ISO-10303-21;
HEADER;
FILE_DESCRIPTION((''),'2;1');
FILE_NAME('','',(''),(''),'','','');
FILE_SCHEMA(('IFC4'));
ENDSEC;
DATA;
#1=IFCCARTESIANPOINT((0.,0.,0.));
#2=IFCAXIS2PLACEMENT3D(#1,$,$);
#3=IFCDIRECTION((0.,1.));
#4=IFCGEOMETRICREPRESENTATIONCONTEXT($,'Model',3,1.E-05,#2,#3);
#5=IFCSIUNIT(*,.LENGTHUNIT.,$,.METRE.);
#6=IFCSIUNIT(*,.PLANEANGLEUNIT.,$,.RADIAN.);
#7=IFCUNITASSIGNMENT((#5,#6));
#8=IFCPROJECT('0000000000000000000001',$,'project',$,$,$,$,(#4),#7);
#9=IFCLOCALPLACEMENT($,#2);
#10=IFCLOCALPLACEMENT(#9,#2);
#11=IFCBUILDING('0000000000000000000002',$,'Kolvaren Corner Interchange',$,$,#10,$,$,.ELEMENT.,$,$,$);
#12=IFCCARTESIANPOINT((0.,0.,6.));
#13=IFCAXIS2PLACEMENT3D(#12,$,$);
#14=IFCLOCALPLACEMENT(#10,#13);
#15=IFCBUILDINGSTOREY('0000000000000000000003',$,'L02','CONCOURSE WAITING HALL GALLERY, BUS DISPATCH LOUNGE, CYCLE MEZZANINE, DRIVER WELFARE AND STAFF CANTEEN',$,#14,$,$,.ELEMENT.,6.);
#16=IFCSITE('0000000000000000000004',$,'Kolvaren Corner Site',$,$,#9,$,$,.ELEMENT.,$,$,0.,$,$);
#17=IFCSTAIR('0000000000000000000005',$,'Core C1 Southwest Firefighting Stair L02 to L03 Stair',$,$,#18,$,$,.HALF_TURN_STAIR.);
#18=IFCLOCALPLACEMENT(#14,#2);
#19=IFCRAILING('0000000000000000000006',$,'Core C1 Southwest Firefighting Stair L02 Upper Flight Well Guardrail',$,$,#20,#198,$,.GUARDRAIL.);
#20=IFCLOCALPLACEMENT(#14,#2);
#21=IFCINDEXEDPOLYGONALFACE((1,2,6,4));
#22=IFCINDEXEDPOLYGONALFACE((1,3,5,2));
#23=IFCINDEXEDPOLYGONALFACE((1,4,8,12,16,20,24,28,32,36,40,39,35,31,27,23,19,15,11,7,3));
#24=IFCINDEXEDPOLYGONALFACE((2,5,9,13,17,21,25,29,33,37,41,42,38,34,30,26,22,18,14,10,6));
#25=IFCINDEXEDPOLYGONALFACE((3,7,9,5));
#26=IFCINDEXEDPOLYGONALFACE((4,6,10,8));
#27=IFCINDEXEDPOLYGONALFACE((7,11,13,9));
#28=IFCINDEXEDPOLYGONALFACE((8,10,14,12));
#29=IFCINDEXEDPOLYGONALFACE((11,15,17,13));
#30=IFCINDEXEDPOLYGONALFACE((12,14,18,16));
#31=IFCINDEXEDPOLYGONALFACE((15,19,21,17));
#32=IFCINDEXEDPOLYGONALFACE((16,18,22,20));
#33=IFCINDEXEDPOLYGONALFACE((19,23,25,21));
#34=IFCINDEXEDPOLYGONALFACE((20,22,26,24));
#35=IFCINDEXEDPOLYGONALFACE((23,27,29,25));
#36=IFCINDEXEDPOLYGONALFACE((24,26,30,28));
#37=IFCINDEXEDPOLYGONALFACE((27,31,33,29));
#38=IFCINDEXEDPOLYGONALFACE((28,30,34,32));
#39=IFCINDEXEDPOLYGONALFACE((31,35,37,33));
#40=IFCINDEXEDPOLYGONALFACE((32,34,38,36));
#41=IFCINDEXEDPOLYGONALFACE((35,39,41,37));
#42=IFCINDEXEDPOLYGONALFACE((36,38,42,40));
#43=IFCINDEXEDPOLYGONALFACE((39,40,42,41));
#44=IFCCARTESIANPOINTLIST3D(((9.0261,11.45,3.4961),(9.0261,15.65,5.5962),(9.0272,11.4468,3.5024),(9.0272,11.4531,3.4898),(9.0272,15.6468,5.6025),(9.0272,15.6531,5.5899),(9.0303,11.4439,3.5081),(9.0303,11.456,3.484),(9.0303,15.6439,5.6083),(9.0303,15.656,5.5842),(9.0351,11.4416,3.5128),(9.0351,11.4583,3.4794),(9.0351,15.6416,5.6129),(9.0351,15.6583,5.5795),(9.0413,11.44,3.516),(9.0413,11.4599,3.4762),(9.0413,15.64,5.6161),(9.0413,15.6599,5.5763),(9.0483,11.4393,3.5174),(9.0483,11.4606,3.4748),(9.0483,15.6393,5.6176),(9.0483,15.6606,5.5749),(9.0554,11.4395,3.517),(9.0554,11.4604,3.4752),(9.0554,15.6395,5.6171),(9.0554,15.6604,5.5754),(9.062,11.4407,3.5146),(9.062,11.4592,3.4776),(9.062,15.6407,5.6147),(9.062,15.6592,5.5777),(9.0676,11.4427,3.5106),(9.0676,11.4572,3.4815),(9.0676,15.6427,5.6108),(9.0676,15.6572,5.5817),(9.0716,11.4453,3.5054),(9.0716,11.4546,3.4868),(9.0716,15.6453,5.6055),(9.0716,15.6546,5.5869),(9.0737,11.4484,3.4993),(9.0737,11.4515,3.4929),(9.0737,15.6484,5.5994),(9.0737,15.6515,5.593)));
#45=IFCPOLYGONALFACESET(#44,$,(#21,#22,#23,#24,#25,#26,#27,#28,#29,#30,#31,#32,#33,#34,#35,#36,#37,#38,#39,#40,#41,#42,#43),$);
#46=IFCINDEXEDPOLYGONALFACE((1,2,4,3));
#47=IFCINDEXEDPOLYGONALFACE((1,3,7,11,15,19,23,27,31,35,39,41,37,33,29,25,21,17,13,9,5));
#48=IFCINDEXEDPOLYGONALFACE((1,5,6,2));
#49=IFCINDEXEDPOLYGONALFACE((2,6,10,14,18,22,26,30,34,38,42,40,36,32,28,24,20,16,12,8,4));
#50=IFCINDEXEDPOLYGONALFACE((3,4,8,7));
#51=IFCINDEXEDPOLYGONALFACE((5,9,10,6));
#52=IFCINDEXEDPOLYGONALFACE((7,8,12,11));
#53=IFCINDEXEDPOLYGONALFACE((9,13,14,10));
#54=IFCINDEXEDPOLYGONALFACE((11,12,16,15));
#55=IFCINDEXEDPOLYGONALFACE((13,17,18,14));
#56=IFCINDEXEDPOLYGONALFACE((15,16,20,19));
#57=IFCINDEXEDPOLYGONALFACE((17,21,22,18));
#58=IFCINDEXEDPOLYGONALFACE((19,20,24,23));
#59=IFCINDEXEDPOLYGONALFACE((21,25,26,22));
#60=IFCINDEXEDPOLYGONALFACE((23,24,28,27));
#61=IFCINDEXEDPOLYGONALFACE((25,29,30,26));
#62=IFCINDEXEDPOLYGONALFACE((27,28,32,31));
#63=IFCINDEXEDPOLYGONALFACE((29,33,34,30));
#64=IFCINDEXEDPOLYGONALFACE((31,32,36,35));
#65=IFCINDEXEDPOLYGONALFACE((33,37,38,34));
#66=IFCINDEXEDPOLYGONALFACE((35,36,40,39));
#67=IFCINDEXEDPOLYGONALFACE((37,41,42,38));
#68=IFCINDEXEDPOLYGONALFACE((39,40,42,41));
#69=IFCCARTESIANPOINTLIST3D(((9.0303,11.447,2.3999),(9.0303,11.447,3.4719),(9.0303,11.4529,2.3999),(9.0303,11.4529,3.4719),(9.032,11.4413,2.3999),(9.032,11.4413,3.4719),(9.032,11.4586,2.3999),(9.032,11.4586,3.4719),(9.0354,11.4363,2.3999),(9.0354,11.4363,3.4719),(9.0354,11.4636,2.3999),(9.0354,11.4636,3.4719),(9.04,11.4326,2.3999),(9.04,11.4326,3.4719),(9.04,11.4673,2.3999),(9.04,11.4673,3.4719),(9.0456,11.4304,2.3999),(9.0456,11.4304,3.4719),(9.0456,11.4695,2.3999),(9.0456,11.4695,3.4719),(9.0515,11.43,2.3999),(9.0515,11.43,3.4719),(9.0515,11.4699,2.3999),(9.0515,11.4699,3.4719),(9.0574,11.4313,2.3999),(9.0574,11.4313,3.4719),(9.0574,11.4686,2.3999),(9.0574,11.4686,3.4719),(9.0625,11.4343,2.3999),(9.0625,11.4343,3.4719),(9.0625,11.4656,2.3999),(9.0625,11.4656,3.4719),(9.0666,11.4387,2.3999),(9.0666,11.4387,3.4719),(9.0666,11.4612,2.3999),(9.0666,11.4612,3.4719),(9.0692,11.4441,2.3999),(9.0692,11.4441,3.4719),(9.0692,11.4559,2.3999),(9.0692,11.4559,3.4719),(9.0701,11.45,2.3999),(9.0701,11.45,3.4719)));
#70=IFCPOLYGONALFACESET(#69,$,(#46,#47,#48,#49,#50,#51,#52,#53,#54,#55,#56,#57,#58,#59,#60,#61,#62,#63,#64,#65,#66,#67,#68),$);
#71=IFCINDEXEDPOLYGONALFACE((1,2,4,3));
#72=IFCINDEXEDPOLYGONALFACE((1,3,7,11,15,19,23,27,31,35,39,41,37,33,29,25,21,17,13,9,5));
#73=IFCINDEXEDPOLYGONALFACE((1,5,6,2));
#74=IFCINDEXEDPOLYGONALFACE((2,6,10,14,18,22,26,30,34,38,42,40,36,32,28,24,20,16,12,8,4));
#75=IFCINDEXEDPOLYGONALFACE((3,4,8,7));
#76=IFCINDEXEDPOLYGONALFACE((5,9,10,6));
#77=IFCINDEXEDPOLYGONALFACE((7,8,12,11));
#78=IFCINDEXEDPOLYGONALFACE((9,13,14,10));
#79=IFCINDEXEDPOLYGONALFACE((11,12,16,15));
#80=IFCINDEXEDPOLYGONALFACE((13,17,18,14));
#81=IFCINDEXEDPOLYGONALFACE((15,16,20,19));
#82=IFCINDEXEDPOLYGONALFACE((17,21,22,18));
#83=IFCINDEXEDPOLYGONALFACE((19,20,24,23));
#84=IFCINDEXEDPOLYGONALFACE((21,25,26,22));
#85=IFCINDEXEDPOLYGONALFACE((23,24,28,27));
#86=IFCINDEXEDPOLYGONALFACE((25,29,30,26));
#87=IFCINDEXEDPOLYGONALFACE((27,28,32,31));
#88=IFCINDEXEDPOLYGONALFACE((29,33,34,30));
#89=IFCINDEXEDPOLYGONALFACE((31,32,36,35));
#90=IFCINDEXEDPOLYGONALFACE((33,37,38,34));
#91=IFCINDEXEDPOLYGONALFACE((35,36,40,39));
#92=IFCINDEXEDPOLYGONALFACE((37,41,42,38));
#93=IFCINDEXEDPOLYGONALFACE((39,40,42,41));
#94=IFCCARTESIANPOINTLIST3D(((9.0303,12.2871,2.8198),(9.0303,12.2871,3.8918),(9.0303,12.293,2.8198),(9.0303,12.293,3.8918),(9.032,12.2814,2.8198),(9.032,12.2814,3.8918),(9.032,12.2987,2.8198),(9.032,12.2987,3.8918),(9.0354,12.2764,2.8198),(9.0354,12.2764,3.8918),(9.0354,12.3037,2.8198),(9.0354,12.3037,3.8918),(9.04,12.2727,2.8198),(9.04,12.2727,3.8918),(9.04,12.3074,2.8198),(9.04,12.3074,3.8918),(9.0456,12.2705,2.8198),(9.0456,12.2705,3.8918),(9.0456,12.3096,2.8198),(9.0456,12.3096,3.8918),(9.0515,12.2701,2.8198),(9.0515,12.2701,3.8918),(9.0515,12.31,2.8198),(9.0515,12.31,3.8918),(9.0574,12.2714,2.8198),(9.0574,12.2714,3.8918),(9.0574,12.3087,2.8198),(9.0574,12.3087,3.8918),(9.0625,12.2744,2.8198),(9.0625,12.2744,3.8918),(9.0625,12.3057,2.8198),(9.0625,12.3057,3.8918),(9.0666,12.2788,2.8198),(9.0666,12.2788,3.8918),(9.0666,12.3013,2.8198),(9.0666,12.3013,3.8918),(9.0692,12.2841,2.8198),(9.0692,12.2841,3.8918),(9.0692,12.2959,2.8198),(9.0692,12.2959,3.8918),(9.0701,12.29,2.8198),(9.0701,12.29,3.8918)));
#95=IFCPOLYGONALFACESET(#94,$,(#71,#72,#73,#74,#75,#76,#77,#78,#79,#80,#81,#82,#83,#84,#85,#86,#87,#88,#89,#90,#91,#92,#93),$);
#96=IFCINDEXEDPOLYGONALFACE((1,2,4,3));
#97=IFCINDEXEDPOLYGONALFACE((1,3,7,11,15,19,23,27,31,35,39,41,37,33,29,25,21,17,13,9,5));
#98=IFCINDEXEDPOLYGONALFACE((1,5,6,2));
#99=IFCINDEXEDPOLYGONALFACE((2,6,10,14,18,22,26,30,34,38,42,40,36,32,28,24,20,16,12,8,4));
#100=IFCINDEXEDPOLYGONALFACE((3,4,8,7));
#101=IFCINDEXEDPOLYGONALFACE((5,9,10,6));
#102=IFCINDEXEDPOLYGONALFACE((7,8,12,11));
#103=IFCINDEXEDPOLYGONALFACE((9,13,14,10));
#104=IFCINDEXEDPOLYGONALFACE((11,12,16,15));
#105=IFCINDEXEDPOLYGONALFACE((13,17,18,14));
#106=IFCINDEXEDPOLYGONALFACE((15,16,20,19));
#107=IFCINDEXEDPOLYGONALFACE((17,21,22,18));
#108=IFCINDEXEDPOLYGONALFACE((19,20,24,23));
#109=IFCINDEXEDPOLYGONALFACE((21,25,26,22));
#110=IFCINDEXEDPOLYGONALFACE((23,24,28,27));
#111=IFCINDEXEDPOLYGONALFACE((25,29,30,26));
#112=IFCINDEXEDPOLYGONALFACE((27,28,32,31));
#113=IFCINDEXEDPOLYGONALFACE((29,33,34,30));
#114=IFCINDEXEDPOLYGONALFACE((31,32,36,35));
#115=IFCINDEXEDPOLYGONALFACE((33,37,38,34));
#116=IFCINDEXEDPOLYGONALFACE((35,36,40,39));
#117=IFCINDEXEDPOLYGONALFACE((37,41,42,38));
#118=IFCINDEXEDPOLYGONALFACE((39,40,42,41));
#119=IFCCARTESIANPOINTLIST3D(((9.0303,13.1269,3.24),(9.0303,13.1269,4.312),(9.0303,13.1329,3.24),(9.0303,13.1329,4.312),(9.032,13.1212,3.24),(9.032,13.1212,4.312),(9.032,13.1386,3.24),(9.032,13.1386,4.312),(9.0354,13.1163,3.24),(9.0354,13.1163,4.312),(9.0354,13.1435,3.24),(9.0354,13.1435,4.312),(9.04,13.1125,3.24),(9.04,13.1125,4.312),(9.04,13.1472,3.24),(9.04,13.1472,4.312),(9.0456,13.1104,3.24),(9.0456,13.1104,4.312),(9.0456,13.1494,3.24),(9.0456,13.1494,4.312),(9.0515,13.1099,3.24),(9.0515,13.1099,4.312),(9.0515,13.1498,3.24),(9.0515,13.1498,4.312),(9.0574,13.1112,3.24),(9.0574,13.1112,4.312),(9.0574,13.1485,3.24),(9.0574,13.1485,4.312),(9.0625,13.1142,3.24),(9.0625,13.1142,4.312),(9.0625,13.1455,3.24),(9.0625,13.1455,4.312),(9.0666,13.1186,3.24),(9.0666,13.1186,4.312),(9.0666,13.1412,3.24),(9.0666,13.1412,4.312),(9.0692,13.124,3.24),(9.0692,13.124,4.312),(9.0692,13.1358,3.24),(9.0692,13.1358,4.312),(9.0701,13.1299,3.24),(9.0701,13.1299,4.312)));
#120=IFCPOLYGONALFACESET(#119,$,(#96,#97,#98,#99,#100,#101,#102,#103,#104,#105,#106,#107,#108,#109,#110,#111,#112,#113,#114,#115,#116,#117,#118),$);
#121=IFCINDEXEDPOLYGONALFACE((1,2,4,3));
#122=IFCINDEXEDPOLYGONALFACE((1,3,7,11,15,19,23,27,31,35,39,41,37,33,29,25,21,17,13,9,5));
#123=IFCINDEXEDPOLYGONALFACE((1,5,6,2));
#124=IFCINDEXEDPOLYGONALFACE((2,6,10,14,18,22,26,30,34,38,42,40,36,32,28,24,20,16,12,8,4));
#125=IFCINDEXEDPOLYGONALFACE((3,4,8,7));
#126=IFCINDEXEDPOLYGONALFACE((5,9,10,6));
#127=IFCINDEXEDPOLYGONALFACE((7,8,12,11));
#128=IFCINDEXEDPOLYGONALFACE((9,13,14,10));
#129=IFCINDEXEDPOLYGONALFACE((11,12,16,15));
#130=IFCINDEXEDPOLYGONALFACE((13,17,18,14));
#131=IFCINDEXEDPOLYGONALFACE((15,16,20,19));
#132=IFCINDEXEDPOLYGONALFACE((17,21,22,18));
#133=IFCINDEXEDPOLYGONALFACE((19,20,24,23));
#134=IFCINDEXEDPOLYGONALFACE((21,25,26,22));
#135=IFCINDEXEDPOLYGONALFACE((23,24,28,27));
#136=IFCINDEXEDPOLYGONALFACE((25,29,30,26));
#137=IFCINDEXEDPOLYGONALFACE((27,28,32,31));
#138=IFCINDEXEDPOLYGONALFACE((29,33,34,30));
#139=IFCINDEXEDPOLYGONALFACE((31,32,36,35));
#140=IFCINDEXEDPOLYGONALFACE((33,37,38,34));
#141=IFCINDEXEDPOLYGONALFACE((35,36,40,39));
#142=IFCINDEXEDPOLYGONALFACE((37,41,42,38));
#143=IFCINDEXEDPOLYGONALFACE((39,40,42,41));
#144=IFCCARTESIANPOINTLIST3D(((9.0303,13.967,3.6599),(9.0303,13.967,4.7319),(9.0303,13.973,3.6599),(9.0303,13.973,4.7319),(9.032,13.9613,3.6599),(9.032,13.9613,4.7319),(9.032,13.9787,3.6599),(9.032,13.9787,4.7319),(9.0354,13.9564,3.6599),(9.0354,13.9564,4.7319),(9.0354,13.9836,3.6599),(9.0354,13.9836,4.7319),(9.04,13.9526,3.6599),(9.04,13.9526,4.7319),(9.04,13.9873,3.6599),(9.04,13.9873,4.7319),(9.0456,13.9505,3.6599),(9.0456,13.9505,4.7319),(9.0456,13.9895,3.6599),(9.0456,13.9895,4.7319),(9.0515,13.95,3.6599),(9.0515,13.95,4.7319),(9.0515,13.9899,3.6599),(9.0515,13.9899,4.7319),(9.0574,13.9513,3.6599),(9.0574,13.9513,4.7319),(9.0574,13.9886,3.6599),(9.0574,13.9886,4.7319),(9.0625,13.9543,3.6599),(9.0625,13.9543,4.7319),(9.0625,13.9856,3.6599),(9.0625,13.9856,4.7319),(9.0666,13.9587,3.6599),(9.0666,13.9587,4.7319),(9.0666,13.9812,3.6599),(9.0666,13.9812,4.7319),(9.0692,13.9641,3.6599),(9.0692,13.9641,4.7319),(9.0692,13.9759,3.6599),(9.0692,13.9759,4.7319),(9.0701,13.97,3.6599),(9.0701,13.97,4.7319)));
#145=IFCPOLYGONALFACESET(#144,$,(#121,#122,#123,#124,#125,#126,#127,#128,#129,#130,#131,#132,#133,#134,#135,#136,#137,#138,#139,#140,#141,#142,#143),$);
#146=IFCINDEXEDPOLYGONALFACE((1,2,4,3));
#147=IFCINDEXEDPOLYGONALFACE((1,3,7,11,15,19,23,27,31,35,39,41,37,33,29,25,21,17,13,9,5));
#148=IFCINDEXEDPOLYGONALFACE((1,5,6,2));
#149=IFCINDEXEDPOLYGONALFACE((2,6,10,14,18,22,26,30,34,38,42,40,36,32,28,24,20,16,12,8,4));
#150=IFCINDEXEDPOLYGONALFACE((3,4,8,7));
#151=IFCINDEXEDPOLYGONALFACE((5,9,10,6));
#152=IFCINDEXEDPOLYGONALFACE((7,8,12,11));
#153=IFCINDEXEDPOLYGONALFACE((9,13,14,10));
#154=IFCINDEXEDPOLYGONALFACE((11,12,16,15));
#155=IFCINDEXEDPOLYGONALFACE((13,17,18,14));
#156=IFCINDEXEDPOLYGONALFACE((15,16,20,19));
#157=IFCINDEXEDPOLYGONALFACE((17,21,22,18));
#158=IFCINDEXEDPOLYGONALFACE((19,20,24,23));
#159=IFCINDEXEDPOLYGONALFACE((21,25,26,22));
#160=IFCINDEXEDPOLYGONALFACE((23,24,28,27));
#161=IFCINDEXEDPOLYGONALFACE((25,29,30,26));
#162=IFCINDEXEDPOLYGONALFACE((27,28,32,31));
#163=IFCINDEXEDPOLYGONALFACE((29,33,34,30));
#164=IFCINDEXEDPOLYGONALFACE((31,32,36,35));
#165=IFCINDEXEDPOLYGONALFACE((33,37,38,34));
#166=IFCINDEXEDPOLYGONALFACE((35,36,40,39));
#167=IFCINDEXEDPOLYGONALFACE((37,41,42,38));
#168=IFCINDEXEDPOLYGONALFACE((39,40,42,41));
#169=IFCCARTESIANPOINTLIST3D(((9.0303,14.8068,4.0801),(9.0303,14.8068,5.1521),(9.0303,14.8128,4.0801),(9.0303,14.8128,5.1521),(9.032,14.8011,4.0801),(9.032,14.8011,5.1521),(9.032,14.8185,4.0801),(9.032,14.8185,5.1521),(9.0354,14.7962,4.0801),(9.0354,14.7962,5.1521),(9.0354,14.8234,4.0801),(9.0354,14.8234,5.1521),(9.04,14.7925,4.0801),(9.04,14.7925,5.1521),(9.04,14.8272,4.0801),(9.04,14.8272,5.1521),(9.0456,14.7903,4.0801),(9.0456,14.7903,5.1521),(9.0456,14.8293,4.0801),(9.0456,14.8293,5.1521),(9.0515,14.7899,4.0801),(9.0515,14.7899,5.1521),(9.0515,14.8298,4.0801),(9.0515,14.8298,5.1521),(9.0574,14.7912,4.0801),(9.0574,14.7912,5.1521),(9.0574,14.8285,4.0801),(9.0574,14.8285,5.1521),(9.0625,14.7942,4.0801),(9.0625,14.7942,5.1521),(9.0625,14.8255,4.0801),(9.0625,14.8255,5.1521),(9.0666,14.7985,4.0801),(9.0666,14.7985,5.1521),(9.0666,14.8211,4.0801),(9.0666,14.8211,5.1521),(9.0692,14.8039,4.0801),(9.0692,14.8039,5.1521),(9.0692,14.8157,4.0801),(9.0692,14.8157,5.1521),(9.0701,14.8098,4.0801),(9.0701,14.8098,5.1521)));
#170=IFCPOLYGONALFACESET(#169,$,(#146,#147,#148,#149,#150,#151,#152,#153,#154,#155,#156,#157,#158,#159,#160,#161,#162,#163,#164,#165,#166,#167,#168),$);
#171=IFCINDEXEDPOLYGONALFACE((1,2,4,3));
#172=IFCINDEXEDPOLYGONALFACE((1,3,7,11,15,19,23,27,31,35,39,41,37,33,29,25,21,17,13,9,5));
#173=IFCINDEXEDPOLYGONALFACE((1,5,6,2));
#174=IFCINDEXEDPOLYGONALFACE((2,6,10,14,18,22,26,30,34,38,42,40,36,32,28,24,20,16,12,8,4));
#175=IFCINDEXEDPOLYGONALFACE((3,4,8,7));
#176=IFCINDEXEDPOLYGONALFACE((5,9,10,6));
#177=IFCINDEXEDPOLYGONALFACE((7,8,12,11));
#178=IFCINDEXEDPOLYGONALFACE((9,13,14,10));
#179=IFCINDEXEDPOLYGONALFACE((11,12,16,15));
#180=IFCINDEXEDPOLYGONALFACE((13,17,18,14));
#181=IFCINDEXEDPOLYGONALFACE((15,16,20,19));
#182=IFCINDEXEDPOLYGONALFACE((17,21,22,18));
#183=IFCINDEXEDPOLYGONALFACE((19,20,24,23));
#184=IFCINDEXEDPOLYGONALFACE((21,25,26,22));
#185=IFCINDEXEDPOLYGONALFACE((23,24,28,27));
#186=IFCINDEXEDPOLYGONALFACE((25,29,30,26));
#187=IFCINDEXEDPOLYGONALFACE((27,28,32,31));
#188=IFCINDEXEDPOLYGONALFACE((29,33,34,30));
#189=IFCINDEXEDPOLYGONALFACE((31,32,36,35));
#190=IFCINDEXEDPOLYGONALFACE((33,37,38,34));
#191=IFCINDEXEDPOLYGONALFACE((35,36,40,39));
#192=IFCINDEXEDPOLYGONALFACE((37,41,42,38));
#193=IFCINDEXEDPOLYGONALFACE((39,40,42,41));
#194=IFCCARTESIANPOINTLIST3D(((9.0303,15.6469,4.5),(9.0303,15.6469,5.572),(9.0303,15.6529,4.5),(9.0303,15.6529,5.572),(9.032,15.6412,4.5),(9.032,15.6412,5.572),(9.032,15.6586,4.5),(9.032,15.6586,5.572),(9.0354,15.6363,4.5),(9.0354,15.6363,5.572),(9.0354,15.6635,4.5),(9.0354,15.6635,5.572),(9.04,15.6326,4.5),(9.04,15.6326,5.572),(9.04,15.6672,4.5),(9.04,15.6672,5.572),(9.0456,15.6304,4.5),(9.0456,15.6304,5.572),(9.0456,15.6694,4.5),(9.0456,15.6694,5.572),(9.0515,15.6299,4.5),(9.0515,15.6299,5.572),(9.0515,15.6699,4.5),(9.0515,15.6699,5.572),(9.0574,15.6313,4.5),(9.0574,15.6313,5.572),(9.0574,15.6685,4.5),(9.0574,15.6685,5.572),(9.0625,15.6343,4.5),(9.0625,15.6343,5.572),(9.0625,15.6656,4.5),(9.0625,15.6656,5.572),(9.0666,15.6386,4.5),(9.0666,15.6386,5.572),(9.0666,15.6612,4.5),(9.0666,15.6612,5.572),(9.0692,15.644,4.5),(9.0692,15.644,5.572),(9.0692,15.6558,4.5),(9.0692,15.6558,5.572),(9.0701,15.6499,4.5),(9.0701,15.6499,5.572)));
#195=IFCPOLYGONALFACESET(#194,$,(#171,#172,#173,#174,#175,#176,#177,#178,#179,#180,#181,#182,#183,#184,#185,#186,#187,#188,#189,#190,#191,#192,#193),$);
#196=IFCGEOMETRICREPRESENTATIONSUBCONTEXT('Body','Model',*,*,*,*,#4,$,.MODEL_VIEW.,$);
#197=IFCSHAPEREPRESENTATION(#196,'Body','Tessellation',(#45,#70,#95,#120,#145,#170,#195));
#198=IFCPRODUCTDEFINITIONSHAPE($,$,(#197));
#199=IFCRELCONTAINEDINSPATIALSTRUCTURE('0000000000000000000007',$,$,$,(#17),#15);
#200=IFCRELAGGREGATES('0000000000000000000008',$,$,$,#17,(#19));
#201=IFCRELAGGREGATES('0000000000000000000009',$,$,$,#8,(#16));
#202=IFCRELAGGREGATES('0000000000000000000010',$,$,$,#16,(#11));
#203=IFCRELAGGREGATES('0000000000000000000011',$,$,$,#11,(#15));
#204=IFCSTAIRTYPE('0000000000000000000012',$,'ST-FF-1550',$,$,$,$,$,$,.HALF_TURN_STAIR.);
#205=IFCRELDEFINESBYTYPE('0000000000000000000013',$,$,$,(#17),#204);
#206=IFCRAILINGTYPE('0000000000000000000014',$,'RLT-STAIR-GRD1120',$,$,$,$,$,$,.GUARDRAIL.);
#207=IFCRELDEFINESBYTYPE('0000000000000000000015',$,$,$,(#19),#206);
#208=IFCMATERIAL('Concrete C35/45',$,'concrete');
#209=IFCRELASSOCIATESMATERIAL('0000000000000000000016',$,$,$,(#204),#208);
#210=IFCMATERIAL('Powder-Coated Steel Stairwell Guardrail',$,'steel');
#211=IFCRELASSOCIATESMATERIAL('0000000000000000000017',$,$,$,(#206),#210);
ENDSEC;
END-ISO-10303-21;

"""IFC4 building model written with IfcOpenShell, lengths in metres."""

from ifc_helpers import new_model, si_unit, direction, frame, origin, origin_2d, place, context, subcontext, project, spatial, circle, extrude, material, type_object, element, aggregate, save


model = new_model("IFC4")

# Units and contexts
model_context = context("Model", 3, precision=1e-05, world=origin(), true_north=direction((0.0, 1.0)))
body_context = subcontext(model_context, "Body", "Model", "MODEL_VIEW")
ifc_project = project(units=[si_unit("LENGTHUNIT", "METRE"), si_unit("PLANEANGLEUNIT", "RADIAN")], contexts=[model_context])

# Site, building, storey
site_placement = place(None, origin())
site = spatial("IfcSite", under=ifc_project, at=site_placement, Name="Kolvaren Corner Site", CompositionType="ELEMENT", RefElevation=0.0)
building_placement = place(site_placement, origin())
building = spatial("IfcBuilding", under=site, at=building_placement, Name="Kolvaren Corner Interchange", CompositionType="ELEMENT")
storey_placement = place(building_placement, frame((0.0, 0.0, 6.0)))
storey = spatial("IfcBuildingStorey", under=building, at=storey_placement, Name="L02", Description="CONCOURSE WAITING HALL GALLERY, BUS DISPATCH LOUNGE, CYCLE MEZZANINE, DRIVER WELFARE AND STAFF CANTEEN", CompositionType="ELEMENT", Elevation=6.0)

# Stair
ifc_material_1 = material(Name="Concrete C35/45", Category="concrete")
stair_type = type_object("IfcStairType", Name="ST-FF-1550", PredefinedType="HALF_TURN_STAIR", material=ifc_material_1)
stair_placement = place(storey_placement, origin())
stair = element("IfcStair", 1, at=stair_placement, inside=storey, type_object=stair_type, Name="Core C1 Southwest Firefighting Stair L02 to L03 Stair", PredefinedType="HALF_TURN_STAIR")

# Railing
ifc_material_2 = material(Name="Powder-Coated Steel Stairwell Guardrail", Category="steel")
railing_type_1 = type_object("IfcRailingType", Name="RLT-STAIR-GRD1120", PredefinedType="GUARDRAIL", material=ifc_material_2)
railing_1_placement = place(storey_placement, frame((9.05, 11.45, 2.3999)))
railing_1 = element("IfcRailing", 2, at=railing_1_placement, type_object=railing_type_1, Name="Core C1 Southwest Firefighting Stair L02 Upper Flight Well Guardrail", PredefinedType="GUARDRAIL", context=body_context, shape_type="SweptSolid", body=[
    extrude(circle(Radius=0.0239, at=origin_2d()), frame((0.0, 0.0, 1.0962), z_axis=(0.0, 0.894417, 0.447234), x_axis=(-1.0, 0.0, 0.0)), (0.0, 0.0, 1.0), 4.6958),
    extrude(circle(Radius=0.02, at=origin_2d()), origin(), (0.0, 0.0, 1.0), 1.072),
    extrude(circle(Radius=0.02, at=origin_2d()), frame((0.0, 0.8401, 0.4199)), (0.0, 0.0, 1.0), 1.072),
    extrude(circle(Radius=0.02, at=origin_2d()), frame((0.0, 1.6799, 0.8401)), (0.0, 0.0, 1.0), 1.072),
    extrude(circle(Radius=0.02, at=origin_2d()), frame((0.0, 2.52, 1.26)), (0.0, 0.0, 1.0), 1.072),
    extrude(circle(Radius=0.02, at=origin_2d()), frame((0.0, 3.3599, 1.6802)), (0.0, 0.0, 1.0), 1.072),
    extrude(circle(Radius=0.02, at=origin_2d()), frame((0.0, 4.2, 2.1001)), (0.0, 0.0, 1.0), 1.072),
])
aggregate(stair, [railing_1])

save(model, "model.ifc")
